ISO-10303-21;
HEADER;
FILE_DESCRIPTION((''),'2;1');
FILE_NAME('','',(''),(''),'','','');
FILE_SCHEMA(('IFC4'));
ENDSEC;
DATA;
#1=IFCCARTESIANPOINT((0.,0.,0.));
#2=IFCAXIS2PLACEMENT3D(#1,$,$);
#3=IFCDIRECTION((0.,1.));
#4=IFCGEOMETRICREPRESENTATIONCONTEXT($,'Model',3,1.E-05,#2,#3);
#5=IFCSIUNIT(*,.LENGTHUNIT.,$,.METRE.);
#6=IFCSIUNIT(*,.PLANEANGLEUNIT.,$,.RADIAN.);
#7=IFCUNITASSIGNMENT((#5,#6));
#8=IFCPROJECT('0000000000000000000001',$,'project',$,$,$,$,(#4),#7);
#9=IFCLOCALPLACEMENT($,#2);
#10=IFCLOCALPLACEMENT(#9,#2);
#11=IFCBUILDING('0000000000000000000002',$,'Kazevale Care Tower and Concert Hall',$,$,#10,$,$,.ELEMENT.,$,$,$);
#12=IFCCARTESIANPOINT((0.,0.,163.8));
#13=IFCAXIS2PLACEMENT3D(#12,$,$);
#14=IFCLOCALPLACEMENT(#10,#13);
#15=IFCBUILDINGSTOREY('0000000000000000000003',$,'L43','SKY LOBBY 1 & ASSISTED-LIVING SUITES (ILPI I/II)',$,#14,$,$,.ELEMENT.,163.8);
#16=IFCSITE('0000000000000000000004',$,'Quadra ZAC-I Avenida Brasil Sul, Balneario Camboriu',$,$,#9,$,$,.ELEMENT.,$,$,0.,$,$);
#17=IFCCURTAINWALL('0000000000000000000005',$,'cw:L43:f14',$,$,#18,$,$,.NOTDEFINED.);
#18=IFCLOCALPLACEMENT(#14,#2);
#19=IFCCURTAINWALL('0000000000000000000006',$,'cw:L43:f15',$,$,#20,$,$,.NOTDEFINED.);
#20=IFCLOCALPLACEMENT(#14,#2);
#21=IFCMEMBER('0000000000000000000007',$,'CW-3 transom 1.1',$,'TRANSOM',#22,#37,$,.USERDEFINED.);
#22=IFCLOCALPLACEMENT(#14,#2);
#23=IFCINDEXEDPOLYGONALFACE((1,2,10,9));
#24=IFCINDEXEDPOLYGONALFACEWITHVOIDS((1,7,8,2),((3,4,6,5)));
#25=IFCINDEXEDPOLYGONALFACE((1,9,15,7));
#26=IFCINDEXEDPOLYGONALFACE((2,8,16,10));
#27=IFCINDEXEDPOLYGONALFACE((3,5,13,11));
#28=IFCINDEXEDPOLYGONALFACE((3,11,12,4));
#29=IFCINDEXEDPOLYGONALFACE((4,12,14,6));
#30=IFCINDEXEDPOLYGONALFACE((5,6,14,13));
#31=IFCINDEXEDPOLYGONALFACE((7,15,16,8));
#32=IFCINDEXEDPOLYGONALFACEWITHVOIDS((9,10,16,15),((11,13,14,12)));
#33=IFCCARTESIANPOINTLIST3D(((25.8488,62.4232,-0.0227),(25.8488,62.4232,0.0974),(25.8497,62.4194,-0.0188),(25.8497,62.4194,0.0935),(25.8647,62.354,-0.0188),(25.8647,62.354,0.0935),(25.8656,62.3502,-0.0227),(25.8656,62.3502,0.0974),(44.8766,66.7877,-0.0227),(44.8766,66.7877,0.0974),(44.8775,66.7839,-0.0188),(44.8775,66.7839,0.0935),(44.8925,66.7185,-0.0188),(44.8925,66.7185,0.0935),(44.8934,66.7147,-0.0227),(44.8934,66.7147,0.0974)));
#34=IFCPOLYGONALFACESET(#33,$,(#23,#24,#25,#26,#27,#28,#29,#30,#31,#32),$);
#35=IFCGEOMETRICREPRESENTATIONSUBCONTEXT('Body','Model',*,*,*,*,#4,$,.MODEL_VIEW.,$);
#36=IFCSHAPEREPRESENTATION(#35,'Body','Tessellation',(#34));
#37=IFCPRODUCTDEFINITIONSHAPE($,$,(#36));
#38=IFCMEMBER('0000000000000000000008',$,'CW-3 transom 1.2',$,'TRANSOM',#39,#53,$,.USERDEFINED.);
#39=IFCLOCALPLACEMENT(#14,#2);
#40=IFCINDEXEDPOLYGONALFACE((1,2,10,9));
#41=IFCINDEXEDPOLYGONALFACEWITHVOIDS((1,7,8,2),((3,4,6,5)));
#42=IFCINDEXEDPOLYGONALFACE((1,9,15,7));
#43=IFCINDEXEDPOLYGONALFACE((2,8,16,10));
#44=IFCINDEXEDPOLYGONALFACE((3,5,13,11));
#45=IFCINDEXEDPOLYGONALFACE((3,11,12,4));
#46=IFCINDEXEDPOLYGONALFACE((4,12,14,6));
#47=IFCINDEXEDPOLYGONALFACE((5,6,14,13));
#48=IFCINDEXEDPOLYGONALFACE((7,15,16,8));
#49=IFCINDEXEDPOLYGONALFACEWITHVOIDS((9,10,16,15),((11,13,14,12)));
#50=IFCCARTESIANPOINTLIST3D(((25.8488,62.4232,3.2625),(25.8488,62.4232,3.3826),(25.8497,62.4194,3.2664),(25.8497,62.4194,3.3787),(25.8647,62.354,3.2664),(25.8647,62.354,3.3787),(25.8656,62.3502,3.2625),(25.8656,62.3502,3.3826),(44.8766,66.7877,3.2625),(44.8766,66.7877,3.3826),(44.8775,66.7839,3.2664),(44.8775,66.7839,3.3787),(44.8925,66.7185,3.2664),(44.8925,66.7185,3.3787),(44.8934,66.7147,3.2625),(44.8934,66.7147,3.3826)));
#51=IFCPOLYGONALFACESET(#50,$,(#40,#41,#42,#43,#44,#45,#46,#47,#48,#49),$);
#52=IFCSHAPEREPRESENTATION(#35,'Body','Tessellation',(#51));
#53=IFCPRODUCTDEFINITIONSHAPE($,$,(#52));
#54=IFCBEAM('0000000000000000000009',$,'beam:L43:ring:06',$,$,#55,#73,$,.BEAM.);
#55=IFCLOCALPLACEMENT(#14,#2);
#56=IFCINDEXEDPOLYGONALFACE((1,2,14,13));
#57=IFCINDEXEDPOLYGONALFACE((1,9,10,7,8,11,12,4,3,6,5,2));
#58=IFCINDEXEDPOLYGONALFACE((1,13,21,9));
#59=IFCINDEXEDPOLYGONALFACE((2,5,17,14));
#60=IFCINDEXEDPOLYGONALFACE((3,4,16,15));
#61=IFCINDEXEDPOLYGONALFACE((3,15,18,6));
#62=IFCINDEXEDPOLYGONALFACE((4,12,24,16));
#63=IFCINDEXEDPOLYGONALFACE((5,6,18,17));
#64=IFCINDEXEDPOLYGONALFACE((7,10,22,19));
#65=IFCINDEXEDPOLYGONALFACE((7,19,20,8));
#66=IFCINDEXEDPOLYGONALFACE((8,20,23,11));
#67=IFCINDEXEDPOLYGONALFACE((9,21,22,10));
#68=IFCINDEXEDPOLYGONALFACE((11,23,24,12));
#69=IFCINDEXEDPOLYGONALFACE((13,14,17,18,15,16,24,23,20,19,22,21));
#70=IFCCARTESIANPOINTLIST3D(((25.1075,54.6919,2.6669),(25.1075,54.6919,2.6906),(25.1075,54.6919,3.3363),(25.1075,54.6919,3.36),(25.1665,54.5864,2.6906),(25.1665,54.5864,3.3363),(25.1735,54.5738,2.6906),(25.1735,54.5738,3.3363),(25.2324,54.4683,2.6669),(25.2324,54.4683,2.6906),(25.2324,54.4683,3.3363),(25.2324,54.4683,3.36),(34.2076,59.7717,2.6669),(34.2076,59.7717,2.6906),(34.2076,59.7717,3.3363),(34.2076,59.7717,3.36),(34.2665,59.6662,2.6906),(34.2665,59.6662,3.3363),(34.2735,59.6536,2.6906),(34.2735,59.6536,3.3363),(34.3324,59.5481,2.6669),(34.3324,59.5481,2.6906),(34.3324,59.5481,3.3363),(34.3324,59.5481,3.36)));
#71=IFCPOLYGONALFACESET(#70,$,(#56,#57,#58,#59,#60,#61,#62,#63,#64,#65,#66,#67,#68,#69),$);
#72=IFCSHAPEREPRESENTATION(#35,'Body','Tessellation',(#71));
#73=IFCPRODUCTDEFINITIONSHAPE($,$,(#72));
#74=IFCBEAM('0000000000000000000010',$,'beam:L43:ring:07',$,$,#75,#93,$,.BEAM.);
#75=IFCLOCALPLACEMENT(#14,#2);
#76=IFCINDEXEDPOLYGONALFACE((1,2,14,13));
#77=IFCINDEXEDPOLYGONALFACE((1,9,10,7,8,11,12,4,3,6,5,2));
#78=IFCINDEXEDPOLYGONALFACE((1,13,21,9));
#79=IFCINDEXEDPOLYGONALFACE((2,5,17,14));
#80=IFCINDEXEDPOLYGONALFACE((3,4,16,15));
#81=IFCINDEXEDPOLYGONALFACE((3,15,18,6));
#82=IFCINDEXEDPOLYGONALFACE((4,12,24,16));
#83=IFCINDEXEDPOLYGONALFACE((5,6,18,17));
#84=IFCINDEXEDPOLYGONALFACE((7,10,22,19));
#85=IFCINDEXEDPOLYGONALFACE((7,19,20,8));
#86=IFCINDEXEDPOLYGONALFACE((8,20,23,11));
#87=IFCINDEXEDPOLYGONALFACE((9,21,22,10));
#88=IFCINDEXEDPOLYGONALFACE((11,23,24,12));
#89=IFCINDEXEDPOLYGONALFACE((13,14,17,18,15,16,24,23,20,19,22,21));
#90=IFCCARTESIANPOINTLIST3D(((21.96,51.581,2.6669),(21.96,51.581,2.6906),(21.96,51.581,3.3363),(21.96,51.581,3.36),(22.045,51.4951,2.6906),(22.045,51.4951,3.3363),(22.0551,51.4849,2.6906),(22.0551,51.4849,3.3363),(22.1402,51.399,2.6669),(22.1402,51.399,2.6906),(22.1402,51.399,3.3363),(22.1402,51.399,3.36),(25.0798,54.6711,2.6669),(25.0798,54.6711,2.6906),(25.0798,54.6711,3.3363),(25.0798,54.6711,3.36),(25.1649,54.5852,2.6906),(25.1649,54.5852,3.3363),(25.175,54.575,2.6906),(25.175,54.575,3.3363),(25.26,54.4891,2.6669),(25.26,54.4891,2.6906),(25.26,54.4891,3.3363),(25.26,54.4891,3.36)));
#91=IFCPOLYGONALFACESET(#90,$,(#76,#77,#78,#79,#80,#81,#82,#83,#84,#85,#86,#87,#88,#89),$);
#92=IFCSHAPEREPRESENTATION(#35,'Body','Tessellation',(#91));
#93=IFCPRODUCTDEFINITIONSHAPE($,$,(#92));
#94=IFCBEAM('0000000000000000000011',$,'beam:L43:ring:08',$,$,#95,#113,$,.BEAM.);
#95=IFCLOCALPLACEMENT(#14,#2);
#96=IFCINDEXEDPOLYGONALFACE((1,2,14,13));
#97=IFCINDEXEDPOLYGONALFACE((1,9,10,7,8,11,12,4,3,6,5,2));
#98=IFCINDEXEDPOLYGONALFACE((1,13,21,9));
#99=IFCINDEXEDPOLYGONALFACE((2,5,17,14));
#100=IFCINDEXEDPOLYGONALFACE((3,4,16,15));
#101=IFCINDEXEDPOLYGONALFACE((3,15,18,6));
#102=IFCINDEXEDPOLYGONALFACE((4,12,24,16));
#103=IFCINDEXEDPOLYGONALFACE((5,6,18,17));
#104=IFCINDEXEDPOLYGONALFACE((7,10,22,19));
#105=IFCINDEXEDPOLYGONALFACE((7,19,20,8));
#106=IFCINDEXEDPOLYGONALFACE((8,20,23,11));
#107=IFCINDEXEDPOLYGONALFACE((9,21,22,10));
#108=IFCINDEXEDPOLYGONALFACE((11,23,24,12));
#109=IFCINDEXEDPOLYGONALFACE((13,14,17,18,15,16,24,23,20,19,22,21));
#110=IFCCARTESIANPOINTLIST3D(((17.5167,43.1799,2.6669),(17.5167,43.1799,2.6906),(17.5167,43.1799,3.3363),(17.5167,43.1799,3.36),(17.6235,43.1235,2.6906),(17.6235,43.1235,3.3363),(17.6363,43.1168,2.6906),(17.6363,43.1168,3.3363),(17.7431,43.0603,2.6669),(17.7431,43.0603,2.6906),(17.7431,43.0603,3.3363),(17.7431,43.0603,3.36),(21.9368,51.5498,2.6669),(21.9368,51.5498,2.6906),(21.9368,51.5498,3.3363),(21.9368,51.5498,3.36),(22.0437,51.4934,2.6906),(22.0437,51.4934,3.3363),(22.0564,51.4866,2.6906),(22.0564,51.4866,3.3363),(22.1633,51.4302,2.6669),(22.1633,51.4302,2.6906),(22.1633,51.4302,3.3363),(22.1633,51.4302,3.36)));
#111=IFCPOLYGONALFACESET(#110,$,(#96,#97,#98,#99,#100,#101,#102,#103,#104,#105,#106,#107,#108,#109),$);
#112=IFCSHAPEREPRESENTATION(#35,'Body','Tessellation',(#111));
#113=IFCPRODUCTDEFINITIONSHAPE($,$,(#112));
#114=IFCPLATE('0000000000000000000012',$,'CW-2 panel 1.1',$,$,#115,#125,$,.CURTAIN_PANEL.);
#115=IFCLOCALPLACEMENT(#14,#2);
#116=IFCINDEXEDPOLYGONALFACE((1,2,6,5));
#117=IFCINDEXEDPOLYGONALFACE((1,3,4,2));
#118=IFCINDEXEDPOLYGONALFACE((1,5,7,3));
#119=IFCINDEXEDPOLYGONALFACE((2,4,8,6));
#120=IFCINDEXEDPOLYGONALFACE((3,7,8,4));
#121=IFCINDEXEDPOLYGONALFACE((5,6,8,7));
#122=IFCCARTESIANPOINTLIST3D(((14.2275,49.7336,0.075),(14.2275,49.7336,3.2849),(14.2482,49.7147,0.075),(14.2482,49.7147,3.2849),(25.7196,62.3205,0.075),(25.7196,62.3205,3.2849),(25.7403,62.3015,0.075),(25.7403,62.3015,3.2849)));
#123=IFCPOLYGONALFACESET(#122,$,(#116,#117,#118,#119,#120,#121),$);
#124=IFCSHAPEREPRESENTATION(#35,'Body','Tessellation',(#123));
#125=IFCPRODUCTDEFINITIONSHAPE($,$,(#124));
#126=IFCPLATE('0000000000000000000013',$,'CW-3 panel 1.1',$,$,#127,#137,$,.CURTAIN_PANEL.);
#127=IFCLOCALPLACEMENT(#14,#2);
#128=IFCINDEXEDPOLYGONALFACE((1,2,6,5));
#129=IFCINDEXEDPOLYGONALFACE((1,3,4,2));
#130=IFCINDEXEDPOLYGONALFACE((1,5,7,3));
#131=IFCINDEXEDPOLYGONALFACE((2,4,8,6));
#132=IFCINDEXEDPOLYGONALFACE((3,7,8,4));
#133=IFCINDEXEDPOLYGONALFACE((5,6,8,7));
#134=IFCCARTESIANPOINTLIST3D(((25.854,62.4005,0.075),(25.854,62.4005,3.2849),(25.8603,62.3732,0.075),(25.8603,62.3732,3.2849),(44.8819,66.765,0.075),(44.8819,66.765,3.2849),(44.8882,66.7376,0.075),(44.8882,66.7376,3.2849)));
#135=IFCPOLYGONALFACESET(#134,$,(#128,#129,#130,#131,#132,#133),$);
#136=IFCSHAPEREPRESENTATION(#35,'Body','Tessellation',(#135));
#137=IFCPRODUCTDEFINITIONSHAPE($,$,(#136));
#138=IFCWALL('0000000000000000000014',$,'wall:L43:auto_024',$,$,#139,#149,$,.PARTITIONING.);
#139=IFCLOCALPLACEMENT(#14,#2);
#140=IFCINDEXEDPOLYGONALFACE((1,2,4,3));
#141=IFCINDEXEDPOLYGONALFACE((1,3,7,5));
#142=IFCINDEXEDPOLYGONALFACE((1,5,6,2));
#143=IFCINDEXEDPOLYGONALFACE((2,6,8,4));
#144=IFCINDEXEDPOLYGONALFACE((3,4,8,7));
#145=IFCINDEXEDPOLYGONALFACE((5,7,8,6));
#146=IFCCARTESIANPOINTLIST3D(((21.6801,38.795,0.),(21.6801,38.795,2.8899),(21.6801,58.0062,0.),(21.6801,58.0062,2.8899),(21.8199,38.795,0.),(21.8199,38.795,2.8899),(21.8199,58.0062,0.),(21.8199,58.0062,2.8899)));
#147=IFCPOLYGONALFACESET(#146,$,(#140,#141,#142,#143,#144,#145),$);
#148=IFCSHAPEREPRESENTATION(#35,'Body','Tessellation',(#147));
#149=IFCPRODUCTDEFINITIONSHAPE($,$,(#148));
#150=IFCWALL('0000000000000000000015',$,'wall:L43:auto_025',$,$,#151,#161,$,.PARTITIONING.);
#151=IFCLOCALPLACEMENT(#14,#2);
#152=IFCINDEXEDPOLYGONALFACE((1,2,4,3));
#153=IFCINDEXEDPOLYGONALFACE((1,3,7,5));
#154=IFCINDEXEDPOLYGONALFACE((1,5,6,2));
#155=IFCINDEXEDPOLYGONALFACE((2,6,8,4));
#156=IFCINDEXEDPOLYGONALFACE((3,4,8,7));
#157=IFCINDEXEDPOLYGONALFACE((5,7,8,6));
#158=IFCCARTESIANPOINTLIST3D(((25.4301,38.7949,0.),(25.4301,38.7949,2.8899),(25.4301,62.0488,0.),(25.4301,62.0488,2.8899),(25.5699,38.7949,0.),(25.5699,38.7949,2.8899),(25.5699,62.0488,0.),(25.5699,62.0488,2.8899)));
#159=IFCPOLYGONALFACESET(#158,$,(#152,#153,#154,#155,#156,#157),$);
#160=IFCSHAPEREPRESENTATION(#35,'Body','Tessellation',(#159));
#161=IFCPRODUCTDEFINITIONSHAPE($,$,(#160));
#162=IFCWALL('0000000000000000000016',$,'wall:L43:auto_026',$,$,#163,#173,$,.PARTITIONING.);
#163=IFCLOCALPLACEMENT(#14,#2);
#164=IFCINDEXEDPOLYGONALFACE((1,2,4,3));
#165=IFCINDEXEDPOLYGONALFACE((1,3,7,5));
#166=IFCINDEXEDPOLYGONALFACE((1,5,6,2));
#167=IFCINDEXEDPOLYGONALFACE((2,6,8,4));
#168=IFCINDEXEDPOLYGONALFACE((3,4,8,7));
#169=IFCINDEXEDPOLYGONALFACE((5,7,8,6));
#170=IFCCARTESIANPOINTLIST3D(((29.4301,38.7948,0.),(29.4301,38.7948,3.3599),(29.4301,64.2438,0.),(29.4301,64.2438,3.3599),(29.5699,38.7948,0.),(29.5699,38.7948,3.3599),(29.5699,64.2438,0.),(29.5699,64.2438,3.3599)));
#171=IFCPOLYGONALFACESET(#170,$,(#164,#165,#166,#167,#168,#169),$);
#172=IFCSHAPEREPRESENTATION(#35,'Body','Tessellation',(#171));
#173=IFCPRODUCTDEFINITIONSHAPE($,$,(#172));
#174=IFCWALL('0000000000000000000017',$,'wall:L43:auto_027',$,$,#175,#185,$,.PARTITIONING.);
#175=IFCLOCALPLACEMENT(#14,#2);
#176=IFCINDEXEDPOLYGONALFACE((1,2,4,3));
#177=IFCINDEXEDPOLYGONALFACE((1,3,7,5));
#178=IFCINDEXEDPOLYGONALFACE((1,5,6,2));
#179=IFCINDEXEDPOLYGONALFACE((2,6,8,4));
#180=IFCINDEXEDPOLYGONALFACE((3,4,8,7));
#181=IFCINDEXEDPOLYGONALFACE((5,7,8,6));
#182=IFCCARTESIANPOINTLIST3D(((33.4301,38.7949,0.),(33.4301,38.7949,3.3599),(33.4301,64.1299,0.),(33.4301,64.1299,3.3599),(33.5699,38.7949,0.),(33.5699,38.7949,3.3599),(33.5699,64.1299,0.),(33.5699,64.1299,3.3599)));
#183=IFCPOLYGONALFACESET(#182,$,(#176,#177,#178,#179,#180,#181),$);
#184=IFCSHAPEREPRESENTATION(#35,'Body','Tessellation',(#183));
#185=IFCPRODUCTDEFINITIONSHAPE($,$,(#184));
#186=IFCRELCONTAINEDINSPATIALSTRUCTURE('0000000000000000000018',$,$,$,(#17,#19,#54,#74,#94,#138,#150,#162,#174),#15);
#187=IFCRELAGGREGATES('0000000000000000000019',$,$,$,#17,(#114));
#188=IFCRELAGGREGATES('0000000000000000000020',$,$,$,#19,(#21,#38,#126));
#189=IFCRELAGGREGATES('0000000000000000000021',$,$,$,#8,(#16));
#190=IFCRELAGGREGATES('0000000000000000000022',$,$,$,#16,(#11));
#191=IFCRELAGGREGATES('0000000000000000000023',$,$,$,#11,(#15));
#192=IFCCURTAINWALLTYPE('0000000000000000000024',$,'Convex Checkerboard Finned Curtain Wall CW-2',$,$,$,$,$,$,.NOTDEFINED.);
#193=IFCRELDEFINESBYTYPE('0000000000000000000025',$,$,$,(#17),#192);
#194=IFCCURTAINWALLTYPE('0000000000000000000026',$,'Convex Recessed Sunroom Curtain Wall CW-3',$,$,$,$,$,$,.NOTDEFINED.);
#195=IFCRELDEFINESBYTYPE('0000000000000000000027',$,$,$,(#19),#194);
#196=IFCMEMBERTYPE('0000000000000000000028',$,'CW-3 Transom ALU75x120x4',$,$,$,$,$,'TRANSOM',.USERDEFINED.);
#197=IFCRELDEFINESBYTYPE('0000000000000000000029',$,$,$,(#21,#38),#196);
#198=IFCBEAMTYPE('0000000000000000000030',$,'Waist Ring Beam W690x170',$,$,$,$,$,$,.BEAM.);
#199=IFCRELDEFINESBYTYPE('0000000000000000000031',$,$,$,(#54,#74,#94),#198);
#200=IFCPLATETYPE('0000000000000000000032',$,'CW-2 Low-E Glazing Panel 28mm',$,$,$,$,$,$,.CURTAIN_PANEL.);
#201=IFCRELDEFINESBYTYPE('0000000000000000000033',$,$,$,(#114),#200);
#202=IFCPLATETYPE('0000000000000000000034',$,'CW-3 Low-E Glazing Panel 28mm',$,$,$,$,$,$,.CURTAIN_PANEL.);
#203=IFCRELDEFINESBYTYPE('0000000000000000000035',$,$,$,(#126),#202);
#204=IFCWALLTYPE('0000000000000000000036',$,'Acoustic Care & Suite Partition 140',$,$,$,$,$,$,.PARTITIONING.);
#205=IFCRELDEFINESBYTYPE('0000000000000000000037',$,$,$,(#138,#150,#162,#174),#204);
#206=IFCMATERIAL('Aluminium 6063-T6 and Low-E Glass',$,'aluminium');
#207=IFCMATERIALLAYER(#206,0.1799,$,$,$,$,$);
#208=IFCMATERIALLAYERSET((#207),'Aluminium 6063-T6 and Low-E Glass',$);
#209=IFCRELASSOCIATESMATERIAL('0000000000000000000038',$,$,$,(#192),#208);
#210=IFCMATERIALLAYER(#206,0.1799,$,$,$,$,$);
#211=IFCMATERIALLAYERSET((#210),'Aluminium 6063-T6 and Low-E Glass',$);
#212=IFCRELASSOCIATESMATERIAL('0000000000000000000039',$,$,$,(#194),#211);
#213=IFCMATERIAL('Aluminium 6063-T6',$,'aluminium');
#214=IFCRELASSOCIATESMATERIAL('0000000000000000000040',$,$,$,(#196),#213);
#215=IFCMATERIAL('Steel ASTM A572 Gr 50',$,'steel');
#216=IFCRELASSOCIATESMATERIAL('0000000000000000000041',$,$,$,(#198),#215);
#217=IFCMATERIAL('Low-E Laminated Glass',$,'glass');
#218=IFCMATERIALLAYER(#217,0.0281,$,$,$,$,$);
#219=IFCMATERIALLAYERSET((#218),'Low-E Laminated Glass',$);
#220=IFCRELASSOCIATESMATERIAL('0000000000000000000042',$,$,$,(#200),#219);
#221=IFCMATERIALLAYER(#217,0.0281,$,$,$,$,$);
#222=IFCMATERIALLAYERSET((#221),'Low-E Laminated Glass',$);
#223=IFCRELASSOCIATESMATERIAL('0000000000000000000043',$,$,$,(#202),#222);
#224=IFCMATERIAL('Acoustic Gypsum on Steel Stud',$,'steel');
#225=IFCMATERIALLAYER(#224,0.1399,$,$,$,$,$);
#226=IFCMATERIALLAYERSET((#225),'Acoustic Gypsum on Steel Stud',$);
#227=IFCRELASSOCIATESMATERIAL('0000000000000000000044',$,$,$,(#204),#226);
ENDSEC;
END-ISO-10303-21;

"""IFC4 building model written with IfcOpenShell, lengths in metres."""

from ifc_helpers import new_model, si_unit, direction, frame, frame_2d, origin, origin_2d, place, context, subcontext, project, spatial, rectangle, hollow_rectangle, i_section, extrude, material, layer, layer_set, material_profile, profile_set, type_object, element, aggregate, save


model = new_model("IFC4")

# Units and contexts
model_context = context("Model", 3, precision=1e-05, world=origin(), true_north=direction((0.0, 1.0)))
body_context = subcontext(model_context, "Body", "Model", "MODEL_VIEW")
ifc_project = project(units=[si_unit("LENGTHUNIT", "METRE"), si_unit("PLANEANGLEUNIT", "RADIAN")], contexts=[model_context])

# Site, building, storey
site_placement = place(None, origin())
site = spatial("IfcSite", under=ifc_project, at=site_placement, Name="Quadra ZAC-I Avenida Brasil Sul, Balneario Camboriu", CompositionType="ELEMENT", RefElevation=0.0)
building_placement = place(site_placement, origin())
building = spatial("IfcBuilding", under=site, at=building_placement, Name="Kazevale Care Tower and Concert Hall", CompositionType="ELEMENT")
storey_placement = place(building_placement, frame((0.0, 0.0, 163.8)))
storey = spatial("IfcBuildingStorey", under=building, at=storey_placement, Name="L43", Description="SKY LOBBY 1 & ASSISTED-LIVING SUITES (ILPI I/II)", CompositionType="ELEMENT", Elevation=163.8)

# Curtain wall
ifc_material_1 = material(Name="Aluminium 6063-T6 and Low-E Glass", Category="aluminium")
ifc_layer_1 = layer(ifc_material_1, 0.1799)
ifc_layer_set_1 = layer_set([ifc_layer_1], Name="Aluminium 6063-T6 and Low-E Glass")
curtain_wall_type_1 = type_object("IfcCurtainWallType", Name="Convex Checkerboard Finned Curtain Wall CW-2", PredefinedType="NOTDEFINED", material=ifc_layer_set_1)
curtain_wall_1_placement = place(storey_placement, origin())
curtain_wall_1 = element("IfcCurtainWall", 1, at=curtain_wall_1_placement, inside=storey, type_object=curtain_wall_type_1, Name="cw:L43:f14", PredefinedType="NOTDEFINED")
ifc_material_2 = material(Name="Aluminium 6063-T6", Category="aluminium")

# Curtain wall, members
ifc_layer_2 = layer(ifc_material_1, 0.1799)
ifc_layer_set_2 = layer_set([ifc_layer_2], Name="Aluminium 6063-T6 and Low-E Glass")
curtain_wall_type_2 = type_object("IfcCurtainWallType", Name="Convex Recessed Sunroom Curtain Wall CW-3", PredefinedType="NOTDEFINED", material=ifc_layer_set_2)
curtain_wall_2_placement = place(storey_placement, origin())
curtain_wall_2 = element("IfcCurtainWall", 2, at=curtain_wall_2_placement, inside=storey, type_object=curtain_wall_type_2, Name="cw:L43:f15", PredefinedType="NOTDEFINED")
ifc_material_profile_1 = material_profile(ifc_material_2, hollow_rectangle(XDim=0.075, YDim=0.1201, WallThickness=0.0039, at=origin_2d()), Name="ALU75x120x4")
ifc_profile_set_1 = profile_set([ifc_material_profile_1], Name="Aluminium 6063-T6")
member_type_1 = type_object("IfcMemberType", Name="CW-3 Transom ALU75x120x4", ElementType="TRANSOM", PredefinedType="USERDEFINED", material=ifc_profile_set_1)
member_1_placement = place(storey_placement, frame((25.8572, 62.3867, 0.0374), z_axis=(0.974688, 0.223569, 0.0), x_axis=(-0.223569, 0.974688, 0.0)))
member_1 = element("IfcMember", 3, at=member_1_placement, type_object=member_type_1, Name="CW-3 transom 1.1", ObjectType="TRANSOM", PredefinedType="USERDEFINED", context=body_context, shape_type="SweptSolid", body=[
    extrude(hollow_rectangle(XDim=0.075, YDim=0.1201, WallThickness=0.0039, at=origin_2d()), origin(), (0.0, 0.0, 1.0), 19.522),
])
member_2_placement = place(storey_placement, frame((25.8572, 62.3867, 3.3225), z_axis=(0.974688, 0.223569, 0.0), x_axis=(-0.223569, 0.974688, 0.0)))
member_2 = element("IfcMember", 4, at=member_2_placement, type_object=member_type_1, Name="CW-3 transom 1.2", ObjectType="TRANSOM", PredefinedType="USERDEFINED", context=body_context, shape_type="SweptSolid", body=[
    extrude(hollow_rectangle(XDim=0.075, YDim=0.1201, WallThickness=0.0039, at=origin_2d()), origin(), (0.0, 0.0, 1.0), 19.522),
])

# Beams
ifc_material_3 = material(Name="Steel ASTM A572 Gr 50", Category="steel")
ifc_material_profile_2 = material_profile(ifc_material_3, i_section(OverallWidth=0.2561, OverallDepth=0.6931, WebThickness=0.0144, FlangeThickness=0.0237, at=origin_2d()), Name="W690x170")
ifc_profile_set_2 = profile_set([ifc_material_profile_2], Name="Steel ASTM A572 Gr 50")
beam_type = type_object("IfcBeamType", Name="Waist Ring Beam W690x170", PredefinedType="BEAM", material=ifc_profile_set_2)
beam_1_placement = place(storey_placement, frame((34.27, 59.6599, 3.0134), z_axis=(-0.873169, -0.487418, 0.0), x_axis=(0.487418, -0.873169, 0.0)))
element("IfcBeam", 5, at=beam_1_placement, inside=storey, type_object=beam_type, Name="beam:L43:ring:06", PredefinedType="BEAM", context=body_context, shape_type="SweptSolid", body=[
    extrude(i_section(OverallWidth=0.2561, OverallDepth=0.6931, WebThickness=0.0144, FlangeThickness=0.0237, at=origin_2d()), origin(), (0.0, 0.0, 1.0), 10.4219),
])
beam_2_placement = place(storey_placement, frame((25.1699, 54.5801, 3.0134), z_axis=(-0.71049, -0.703707, 0.0), x_axis=(0.703707, -0.71049, 0.0)))
element("IfcBeam", 6, at=beam_2_placement, inside=storey, type_object=beam_type, Name="beam:L43:ring:07", PredefinedType="BEAM", context=body_context, shape_type="SweptSolid", body=[
    extrude(i_section(OverallWidth=0.2561, OverallDepth=0.6931, WebThickness=0.0144, FlangeThickness=0.0237, at=origin_2d()), origin(), (0.0, 0.0, 1.0), 4.3911),
])
beam_3_placement = place(storey_placement, frame((22.05, 51.49, 3.0134), z_axis=(-0.466984, -0.884266, 0.0), x_axis=(0.884266, -0.466984, 0.0)))
element("IfcBeam", 7, at=beam_3_placement, inside=storey, type_object=beam_type, Name="beam:L43:ring:08", PredefinedType="BEAM", context=body_context, shape_type="SweptSolid", body=[
    extrude(i_section(OverallWidth=0.2561, OverallDepth=0.6931, WebThickness=0.0144, FlangeThickness=0.0237, at=origin_2d()), origin(), (0.0, 0.0, 1.0), 9.4653),
])

# Plates
ifc_material_4 = material(Name="Low-E Laminated Glass", Category="glass")
ifc_layer_3 = layer(ifc_material_4, 0.0281)
ifc_layer_set_3 = layer_set([ifc_layer_3], Name="Low-E Laminated Glass")
plate_type_1 = type_object("IfcPlateType", Name="CW-2 Low-E Glazing Panel 28mm", PredefinedType="CURTAIN_PANEL", material=ifc_layer_set_3)
plate_1_placement = place(storey_placement, frame((19.9839, 56.0176, 0.075), z_axis=(0.0, 0.0, 1.0), x_axis=(0.674262, 0.738492, 0.0)))
plate_1 = element("IfcPlate", 8, at=plate_1_placement, type_object=plate_type_1, Name="CW-2 panel 1.1", PredefinedType="CURTAIN_PANEL", context=body_context, shape_type="SweptSolid", body=[
    extrude(rectangle(XDim=17.0439, YDim=0.0281, at=origin_2d()), origin(), (0.0, 0.0, 1.0), 3.21),
])
aggregate(curtain_wall_1, [plate_1])
ifc_layer_4 = layer(ifc_material_4, 0.0281)
ifc_layer_set_4 = layer_set([ifc_layer_4], Name="Low-E Laminated Glass")
plate_type_2 = type_object("IfcPlateType", Name="CW-3 Low-E Glazing Panel 28mm", PredefinedType="CURTAIN_PANEL", material=ifc_layer_set_4)
plate_2_placement = place(storey_placement, frame((35.3711, 64.5691, 0.075), z_axis=(0.0, 0.0, 1.0), x_axis=(0.974688, 0.223567, 0.0)))
plate_2 = element("IfcPlate", 9, at=plate_2_placement, type_object=plate_type_2, Name="CW-3 panel 1.1", PredefinedType="CURTAIN_PANEL", context=body_context, shape_type="SweptSolid", body=[
    extrude(rectangle(XDim=19.522, YDim=0.0281, at=origin_2d()), origin(), (0.0, 0.0, 1.0), 3.21),
])
aggregate(curtain_wall_2, [member_1, member_2, plate_2])

# Walls
ifc_material_5 = material(Name="Acoustic Gypsum on Steel Stud", Category="steel")
ifc_layer_5 = layer(ifc_material_5, 0.1399)
ifc_layer_set_5 = layer_set([ifc_layer_5], Name="Acoustic Gypsum on Steel Stud")
wall_type = type_object("IfcWallType", Name="Acoustic Care & Suite Partition 140", PredefinedType="PARTITIONING", material=ifc_layer_set_5)
wall_1_placement = place(storey_placement, frame((21.75, 58.0061, 0.0), z_axis=(0.0, 0.0, 1.0), x_axis=(0.0, -1.0, 0.0)))
element("IfcWall", 10, at=wall_1_placement, inside=storey, type_object=wall_type, Name="wall:L43:auto_024", PredefinedType="PARTITIONING", context=body_context, shape_type="SweptSolid", body=[
    extrude(rectangle(XDim=19.2112, YDim=0.1399, at=frame_2d((9.6055, 0.0))), origin(), (0.0, 0.0, 1.0), 2.8899),
])
wall_2_placement = place(storey_placement, frame((25.5, 62.0488, 0.0), z_axis=(0.0, 0.0, 1.0), x_axis=(0.0, -1.0, 0.0)))
element("IfcWall", 11, at=wall_2_placement, inside=storey, type_object=wall_type, Name="wall:L43:auto_025", PredefinedType="PARTITIONING", context=body_context, shape_type="SweptSolid", body=[
    extrude(rectangle(XDim=23.2539, YDim=0.1399, at=frame_2d((11.627, 0.0))), origin(), (0.0, 0.0, 1.0), 2.8899),
])
wall_3_placement = place(storey_placement, frame((29.5, 64.2439, 0.0), z_axis=(0.0, 0.0, 1.0), x_axis=(0.0, -1.0, 0.0)))
element("IfcWall", 12, at=wall_3_placement, inside=storey, type_object=wall_type, Name="wall:L43:auto_026", PredefinedType="PARTITIONING", context=body_context, shape_type="SweptSolid", body=[
    extrude(rectangle(XDim=25.449, YDim=0.1399, at=frame_2d((12.7246, 0.0))), origin(), (0.0, 0.0, 1.0), 3.3599),
])
wall_4_placement = place(storey_placement, frame((33.5, 64.1299, 0.0), z_axis=(0.0, 0.0, 1.0), x_axis=(0.0, -1.0, 0.0)))
element("IfcWall", 13, at=wall_4_placement, inside=storey, type_object=wall_type, Name="wall:L43:auto_027", PredefinedType="PARTITIONING", context=body_context, shape_type="SweptSolid", body=[
    extrude(rectangle(XDim=25.335, YDim=0.1399, at=frame_2d((12.6675, 0.0))), origin(), (0.0, 0.0, 1.0), 3.3599),
])

save(model, "model.ifc")
